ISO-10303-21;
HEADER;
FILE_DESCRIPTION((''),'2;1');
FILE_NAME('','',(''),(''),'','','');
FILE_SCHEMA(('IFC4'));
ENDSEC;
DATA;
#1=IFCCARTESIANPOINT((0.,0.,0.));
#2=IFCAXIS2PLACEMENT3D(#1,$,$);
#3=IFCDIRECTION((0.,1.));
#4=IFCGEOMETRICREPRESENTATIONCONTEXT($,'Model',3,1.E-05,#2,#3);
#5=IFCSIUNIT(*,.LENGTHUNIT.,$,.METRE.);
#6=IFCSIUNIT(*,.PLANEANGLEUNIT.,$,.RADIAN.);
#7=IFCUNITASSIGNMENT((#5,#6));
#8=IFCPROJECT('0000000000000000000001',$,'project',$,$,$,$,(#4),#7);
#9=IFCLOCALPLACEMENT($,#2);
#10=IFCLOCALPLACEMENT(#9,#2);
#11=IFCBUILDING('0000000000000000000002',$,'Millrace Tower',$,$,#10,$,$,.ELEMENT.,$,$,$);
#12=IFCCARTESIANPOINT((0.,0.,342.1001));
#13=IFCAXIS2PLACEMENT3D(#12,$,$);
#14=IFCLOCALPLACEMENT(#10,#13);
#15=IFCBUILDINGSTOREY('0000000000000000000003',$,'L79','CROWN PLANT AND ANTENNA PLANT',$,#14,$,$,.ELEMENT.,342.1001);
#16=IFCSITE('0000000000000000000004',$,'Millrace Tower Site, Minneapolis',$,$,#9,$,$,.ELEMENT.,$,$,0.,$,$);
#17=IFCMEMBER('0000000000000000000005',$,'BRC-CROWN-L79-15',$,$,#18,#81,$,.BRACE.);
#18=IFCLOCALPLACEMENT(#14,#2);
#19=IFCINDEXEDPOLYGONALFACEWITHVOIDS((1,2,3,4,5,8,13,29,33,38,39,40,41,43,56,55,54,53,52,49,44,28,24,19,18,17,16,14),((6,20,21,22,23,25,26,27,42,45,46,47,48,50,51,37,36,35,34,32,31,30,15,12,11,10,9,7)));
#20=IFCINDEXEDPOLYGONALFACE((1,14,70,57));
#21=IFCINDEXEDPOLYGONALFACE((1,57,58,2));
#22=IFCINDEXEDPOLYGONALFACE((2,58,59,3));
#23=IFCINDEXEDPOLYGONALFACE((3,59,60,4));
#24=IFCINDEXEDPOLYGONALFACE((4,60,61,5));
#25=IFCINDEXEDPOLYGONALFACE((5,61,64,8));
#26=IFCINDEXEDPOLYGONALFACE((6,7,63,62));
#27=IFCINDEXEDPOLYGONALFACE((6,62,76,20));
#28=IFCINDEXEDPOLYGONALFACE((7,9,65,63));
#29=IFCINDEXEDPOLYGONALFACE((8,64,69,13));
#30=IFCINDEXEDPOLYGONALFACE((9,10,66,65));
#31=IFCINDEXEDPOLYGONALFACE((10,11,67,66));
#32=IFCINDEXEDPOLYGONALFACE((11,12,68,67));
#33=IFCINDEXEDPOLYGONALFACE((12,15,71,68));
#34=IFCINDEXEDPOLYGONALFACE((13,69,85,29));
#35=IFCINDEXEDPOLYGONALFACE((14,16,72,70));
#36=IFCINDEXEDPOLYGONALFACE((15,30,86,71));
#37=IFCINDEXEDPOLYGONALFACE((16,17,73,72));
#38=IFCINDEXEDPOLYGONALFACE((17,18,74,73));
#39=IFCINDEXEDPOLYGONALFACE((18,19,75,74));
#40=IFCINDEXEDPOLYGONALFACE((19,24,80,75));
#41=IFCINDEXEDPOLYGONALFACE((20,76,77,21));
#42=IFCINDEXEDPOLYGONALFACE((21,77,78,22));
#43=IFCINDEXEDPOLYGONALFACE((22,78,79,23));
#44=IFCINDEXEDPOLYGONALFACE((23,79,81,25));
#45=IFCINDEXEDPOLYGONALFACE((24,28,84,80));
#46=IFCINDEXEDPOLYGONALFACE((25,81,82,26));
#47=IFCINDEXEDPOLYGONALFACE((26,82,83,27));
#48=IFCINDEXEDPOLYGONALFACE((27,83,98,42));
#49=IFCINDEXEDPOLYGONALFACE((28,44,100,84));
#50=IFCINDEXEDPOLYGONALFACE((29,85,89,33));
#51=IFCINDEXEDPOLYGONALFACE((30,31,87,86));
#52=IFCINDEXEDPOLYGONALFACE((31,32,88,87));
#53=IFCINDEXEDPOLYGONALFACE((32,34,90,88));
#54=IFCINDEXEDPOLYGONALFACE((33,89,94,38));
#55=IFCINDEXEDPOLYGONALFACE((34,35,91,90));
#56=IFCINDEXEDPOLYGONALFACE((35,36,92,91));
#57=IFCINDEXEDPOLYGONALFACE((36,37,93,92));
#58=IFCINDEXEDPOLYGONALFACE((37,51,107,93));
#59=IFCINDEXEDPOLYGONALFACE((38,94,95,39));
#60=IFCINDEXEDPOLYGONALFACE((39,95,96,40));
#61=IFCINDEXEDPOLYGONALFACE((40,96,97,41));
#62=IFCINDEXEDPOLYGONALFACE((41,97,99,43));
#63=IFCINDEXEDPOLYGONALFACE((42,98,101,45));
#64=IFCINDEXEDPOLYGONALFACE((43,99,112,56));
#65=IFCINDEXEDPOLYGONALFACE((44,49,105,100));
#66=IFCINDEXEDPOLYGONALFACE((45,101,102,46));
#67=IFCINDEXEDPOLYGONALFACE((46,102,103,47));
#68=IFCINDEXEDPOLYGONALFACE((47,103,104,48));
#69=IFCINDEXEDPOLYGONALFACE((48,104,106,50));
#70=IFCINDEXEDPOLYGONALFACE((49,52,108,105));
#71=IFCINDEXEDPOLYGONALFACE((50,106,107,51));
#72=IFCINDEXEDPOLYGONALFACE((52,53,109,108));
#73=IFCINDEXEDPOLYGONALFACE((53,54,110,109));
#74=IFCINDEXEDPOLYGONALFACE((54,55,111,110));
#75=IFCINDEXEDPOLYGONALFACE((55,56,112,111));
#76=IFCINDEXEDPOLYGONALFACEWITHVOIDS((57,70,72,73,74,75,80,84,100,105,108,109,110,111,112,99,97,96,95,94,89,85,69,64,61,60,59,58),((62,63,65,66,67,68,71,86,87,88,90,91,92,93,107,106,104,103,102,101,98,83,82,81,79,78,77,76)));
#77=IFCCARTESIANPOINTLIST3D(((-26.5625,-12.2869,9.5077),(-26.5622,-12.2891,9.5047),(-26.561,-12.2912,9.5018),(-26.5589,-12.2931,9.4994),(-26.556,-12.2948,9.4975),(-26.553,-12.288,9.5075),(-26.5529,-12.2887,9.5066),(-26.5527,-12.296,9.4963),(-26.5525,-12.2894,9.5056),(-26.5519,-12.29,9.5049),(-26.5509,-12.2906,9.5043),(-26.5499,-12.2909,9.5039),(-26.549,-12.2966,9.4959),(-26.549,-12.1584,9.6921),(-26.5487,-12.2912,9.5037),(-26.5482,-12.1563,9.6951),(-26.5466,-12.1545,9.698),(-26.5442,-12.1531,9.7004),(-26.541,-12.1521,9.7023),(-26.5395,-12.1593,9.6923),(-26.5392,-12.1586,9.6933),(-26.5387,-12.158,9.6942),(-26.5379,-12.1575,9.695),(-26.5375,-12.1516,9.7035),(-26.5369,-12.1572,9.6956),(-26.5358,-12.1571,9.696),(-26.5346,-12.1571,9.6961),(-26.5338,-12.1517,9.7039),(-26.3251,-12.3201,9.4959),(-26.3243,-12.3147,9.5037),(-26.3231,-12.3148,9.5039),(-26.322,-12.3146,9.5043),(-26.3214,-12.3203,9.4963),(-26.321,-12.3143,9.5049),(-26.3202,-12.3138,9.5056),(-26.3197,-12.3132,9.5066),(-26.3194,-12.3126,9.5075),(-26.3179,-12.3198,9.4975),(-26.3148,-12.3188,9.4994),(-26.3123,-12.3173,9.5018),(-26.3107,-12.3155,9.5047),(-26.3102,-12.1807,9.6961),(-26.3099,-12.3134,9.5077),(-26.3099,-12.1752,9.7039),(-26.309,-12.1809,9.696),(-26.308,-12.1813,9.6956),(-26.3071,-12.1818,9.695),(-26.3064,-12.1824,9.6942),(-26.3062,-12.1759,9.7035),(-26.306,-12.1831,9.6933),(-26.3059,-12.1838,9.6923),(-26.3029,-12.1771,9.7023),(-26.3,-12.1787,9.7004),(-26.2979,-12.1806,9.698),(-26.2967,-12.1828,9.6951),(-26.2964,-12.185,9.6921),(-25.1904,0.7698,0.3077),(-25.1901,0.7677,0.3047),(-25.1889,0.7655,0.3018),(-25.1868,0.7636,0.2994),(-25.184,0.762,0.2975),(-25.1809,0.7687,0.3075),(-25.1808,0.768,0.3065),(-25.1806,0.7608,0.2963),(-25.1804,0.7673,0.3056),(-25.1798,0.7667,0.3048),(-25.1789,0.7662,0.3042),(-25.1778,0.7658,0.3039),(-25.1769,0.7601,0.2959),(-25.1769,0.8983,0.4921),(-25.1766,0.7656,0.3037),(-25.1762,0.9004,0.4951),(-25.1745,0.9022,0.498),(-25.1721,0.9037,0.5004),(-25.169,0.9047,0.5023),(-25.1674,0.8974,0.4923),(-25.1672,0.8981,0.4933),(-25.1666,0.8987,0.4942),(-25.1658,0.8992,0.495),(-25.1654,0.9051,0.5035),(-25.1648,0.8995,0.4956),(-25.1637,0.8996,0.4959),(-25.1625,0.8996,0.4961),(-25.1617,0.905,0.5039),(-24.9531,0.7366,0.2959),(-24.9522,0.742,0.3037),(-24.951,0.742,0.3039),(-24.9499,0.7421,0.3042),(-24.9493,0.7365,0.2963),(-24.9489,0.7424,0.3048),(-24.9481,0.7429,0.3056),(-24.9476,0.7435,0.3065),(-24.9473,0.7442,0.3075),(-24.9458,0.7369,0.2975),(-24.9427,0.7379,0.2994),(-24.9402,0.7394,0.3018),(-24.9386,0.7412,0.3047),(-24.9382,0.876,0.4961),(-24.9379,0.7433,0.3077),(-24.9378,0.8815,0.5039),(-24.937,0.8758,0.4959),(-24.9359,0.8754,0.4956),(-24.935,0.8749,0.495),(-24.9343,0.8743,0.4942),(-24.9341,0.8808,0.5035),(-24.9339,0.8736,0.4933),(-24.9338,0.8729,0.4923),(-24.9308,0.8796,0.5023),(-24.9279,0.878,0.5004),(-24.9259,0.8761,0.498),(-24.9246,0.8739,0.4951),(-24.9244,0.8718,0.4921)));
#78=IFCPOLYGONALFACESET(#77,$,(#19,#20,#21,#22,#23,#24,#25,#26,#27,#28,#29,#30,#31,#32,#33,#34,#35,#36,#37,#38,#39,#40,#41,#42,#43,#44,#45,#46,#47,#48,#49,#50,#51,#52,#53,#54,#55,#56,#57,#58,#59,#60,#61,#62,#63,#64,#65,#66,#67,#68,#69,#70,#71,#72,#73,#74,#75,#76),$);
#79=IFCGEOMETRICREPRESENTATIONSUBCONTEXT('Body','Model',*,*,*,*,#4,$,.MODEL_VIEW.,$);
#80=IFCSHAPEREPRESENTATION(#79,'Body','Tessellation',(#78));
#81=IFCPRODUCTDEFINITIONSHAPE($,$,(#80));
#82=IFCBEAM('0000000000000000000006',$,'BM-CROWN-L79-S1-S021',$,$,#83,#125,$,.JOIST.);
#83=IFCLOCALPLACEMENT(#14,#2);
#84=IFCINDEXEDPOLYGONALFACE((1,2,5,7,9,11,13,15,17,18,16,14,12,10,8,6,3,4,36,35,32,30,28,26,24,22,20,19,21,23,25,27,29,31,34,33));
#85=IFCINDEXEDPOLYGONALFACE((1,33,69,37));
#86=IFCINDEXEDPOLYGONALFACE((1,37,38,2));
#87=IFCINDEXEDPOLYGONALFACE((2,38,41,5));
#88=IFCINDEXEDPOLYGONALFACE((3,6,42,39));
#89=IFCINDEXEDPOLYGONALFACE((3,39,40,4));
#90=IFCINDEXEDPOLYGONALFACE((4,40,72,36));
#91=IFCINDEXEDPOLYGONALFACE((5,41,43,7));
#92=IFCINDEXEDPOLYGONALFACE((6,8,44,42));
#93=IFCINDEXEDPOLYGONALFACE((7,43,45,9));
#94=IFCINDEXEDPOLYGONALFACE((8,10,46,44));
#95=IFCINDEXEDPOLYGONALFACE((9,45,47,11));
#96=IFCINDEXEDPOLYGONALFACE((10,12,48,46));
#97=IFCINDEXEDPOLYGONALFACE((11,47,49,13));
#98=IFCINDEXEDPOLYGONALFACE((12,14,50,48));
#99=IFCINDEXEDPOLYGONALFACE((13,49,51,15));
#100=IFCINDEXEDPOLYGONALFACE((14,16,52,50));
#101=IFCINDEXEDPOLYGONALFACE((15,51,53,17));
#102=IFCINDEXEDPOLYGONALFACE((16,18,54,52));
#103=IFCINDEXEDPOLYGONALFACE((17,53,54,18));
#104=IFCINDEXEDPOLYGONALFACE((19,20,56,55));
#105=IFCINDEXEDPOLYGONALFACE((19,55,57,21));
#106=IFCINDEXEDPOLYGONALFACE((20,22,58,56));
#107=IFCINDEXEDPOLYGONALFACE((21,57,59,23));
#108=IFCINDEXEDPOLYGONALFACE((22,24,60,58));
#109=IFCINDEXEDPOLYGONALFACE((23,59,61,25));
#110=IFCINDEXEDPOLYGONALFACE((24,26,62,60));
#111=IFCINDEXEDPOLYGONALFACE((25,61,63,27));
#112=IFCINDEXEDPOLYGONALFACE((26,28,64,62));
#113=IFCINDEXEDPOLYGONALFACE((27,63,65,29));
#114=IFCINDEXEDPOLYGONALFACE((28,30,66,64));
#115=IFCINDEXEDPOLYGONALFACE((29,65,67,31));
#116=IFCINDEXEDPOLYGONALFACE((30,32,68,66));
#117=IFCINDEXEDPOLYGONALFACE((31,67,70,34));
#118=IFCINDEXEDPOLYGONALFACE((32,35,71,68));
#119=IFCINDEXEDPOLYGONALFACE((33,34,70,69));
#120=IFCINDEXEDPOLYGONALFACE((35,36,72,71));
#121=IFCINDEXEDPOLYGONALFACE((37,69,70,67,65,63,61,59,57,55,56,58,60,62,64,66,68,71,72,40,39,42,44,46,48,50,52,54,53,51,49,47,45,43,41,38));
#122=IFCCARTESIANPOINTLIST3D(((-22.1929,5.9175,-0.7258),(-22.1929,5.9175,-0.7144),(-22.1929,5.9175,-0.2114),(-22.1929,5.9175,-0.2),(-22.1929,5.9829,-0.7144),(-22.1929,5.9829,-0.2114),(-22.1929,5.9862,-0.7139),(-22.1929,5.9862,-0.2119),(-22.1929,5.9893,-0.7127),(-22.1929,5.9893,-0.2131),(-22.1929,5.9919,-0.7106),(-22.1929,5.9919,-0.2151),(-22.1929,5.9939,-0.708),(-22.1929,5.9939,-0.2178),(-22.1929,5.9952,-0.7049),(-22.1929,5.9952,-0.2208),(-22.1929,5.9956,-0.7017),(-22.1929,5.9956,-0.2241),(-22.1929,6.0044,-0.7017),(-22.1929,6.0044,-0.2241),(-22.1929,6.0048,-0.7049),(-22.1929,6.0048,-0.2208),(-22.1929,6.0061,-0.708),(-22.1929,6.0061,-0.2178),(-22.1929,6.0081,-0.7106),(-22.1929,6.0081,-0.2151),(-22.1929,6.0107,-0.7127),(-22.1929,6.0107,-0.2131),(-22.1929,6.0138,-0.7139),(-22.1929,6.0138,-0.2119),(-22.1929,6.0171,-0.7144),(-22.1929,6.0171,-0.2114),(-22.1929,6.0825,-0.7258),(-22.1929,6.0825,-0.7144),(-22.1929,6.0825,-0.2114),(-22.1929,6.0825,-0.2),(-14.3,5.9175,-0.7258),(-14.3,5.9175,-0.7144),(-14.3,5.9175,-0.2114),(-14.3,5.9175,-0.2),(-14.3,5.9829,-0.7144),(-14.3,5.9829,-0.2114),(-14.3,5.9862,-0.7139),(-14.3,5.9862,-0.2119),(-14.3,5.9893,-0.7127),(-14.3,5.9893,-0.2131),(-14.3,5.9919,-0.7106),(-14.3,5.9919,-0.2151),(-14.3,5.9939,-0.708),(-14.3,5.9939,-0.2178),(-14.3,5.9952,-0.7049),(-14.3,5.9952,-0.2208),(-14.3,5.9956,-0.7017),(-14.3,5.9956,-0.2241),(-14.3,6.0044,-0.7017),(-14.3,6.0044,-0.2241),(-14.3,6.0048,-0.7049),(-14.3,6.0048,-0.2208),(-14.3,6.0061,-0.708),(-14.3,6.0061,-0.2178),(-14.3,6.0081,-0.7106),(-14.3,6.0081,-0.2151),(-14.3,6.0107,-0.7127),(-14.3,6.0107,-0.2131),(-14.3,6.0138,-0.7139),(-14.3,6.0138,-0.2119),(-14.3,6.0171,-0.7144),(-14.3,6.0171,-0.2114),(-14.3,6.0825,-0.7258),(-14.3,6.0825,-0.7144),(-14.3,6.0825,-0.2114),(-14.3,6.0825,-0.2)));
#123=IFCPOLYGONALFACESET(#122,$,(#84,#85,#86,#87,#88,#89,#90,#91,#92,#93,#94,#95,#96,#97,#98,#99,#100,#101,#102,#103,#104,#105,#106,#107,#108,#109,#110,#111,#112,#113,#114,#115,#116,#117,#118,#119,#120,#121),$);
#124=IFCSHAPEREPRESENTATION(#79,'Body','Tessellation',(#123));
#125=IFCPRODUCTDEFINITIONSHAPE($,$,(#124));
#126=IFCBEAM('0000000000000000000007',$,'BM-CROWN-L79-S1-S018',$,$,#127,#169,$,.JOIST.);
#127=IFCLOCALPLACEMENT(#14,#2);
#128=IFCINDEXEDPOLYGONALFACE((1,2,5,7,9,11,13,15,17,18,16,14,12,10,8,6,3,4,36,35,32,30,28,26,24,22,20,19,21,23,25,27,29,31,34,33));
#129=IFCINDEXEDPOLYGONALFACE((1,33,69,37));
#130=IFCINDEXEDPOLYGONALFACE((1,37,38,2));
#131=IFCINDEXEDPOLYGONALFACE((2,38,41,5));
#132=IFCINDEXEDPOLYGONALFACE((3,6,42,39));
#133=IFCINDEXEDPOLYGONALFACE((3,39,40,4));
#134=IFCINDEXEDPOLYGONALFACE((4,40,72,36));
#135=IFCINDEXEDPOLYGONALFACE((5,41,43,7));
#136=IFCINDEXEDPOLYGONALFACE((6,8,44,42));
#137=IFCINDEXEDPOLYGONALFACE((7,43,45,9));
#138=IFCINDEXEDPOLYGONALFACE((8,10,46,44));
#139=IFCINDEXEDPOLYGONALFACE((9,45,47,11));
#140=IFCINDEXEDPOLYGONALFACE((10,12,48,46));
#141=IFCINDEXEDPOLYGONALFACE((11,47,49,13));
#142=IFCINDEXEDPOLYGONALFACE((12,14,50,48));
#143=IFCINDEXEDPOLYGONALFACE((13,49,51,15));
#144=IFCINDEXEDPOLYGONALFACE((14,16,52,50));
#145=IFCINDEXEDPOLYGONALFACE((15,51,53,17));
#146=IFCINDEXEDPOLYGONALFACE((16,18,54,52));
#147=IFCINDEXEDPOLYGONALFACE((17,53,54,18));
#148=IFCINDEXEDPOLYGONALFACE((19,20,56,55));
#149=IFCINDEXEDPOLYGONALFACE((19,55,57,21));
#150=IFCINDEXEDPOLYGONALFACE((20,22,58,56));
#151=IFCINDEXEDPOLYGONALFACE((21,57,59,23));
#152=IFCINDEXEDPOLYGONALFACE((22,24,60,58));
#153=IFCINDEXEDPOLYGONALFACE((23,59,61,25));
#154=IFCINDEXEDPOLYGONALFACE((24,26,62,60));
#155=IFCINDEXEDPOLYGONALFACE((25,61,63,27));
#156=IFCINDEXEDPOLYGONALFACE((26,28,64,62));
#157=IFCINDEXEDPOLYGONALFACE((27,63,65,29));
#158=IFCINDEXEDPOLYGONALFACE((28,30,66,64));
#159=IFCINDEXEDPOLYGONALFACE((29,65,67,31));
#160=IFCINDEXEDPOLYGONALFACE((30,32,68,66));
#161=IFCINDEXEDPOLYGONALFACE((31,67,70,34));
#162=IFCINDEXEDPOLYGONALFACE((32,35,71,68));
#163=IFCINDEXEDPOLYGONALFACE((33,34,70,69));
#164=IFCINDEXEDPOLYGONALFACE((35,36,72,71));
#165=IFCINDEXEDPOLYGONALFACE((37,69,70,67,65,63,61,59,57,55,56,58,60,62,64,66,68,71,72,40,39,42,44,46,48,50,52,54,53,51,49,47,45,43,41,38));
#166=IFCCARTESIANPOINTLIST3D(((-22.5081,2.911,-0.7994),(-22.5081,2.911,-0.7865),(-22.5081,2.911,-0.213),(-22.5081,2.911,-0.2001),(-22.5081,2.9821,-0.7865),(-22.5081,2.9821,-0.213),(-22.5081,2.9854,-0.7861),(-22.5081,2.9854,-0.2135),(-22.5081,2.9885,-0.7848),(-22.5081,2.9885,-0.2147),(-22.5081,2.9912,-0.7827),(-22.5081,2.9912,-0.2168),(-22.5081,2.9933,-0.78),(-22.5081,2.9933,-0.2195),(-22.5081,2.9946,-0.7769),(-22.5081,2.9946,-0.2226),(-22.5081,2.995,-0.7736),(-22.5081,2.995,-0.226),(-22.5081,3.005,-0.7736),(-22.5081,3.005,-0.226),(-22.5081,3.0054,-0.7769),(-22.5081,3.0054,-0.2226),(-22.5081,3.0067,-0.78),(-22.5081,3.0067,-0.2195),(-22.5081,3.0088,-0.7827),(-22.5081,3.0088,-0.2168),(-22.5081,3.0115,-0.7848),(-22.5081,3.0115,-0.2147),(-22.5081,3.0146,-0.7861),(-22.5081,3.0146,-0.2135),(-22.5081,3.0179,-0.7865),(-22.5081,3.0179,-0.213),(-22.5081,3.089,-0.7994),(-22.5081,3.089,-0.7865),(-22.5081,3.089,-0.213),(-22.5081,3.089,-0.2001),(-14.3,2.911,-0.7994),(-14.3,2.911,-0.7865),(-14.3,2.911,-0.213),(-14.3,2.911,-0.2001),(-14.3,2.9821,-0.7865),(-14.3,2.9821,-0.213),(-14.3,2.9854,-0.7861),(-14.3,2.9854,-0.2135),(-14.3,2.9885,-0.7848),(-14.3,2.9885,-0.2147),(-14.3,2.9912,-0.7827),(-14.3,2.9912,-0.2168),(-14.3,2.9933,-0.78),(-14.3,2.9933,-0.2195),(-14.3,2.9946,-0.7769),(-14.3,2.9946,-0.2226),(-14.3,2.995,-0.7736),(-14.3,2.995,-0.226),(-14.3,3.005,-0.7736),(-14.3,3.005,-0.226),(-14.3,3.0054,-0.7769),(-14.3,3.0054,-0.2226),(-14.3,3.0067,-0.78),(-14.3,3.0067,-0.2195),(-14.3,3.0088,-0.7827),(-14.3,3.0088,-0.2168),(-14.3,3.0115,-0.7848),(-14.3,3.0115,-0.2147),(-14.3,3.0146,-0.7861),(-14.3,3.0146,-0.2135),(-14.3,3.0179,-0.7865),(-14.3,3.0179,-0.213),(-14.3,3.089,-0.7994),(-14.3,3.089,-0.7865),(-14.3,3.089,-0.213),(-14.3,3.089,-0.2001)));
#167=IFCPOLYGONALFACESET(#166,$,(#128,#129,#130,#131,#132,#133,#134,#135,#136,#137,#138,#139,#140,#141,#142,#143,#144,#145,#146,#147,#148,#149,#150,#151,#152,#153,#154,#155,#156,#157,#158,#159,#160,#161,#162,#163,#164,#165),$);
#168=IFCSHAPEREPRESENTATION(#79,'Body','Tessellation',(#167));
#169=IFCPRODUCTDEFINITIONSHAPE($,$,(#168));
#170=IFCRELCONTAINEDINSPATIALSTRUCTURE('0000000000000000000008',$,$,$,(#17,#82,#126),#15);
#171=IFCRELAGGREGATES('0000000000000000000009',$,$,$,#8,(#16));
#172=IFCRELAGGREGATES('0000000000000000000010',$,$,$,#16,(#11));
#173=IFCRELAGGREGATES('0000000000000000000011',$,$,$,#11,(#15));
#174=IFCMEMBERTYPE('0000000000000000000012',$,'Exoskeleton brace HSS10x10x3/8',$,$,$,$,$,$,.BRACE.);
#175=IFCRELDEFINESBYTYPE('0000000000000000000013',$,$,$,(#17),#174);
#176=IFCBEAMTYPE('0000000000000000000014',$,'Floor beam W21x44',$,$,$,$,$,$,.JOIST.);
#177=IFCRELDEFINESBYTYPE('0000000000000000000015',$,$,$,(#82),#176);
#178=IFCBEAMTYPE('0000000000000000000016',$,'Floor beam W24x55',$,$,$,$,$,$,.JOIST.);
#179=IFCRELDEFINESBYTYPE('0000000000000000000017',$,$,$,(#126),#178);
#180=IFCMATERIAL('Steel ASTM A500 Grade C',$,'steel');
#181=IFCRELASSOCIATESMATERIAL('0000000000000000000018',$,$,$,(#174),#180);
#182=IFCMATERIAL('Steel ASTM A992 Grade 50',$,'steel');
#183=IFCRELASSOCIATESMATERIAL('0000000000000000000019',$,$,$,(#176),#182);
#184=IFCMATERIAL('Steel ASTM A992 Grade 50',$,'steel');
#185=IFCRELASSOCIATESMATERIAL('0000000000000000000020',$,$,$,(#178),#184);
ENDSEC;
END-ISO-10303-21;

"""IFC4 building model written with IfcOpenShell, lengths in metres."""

from ifc_helpers import new_model, si_unit, direction, frame, origin, origin_2d, place, context, subcontext, project, spatial, hollow_rectangle, i_section, extrude, material, material_profile, profile_set, type_object, element, save


model = new_model("IFC4")

# Units and contexts
model_context = context("Model", 3, precision=1e-05, world=origin(), true_north=direction((0.0, 1.0)))
body_context = subcontext(model_context, "Body", "Model", "MODEL_VIEW")
ifc_project = project(units=[si_unit("LENGTHUNIT", "METRE"), si_unit("PLANEANGLEUNIT", "RADIAN")], contexts=[model_context])

# Site, building, storey
site_placement = place(None, origin())
site = spatial("IfcSite", under=ifc_project, at=site_placement, Name="Millrace Tower Site, Minneapolis", CompositionType="ELEMENT", RefElevation=0.0)
building_placement = place(site_placement, origin())
building = spatial("IfcBuilding", under=site, at=building_placement, Name="Millrace Tower", CompositionType="ELEMENT")
storey_placement = place(building_placement, frame((0.0, 0.0, 342.1001)))
storey = spatial("IfcBuildingStorey", under=building, at=storey_placement, Name="L79", Description="CROWN PLANT AND ANTENNA PLANT", CompositionType="ELEMENT", Elevation=342.1001)

# Member
ifc_material_1 = material(Name="Steel ASTM A500 Grade C", Category="steel")
ifc_material_profile_1 = material_profile(ifc_material_1, hollow_rectangle(XDim=0.2539, YDim=0.2539, WallThickness=0.0095, InnerFilletRadius=0.0046, OuterFilletRadius=0.0144, at=origin_2d()))
ifc_profile_set_1 = profile_set([ifc_material_profile_1], Name="Steel ASTM A500 Grade C")
member_type_1 = type_object("IfcMemberType", Name="Exoskeleton brace HSS10x10x3/8", PredefinedType="BRACE", material=ifc_profile_set_1)
member_1_placement = place(storey_placement, frame((-25.0574, 0.8208, 0.3999), z_axis=(-0.085588, -0.814455, 0.57388), x_axis=(0.994524, -0.104511, 0.0)))
element("IfcMember", 1, at=member_1_placement, inside=storey, type_object=member_type_1, Name="BRC-CROWN-L79-15", PredefinedType="BRACE", context=body_context, shape_type="SweptSolid", body=[
    extrude(hollow_rectangle(XDim=0.2539, YDim=0.2539, WallThickness=0.0095, InnerFilletRadius=0.0046, OuterFilletRadius=0.0144, at=origin_2d()), origin(), (0.0, 0.0, 1.0), 16.0312),
])

# Beams
ifc_material_2 = material(Name="Steel ASTM A992 Grade 50", Category="steel")
ifc_material_profile_2 = material_profile(ifc_material_2, i_section(OverallWidth=0.165, OverallDepth=0.5259, WebThickness=0.0088, FlangeThickness=0.0115, FilletRadius=0.0127, at=origin_2d()))
ifc_profile_set_2 = profile_set([ifc_material_profile_2], Name="Steel ASTM A992 Grade 50")
beam_type_1 = type_object("IfcBeamType", Name="Floor beam W21x44", PredefinedType="JOIST", material=ifc_profile_set_2)
beam_1_placement = place(storey_placement, frame((-22.1929, 6.0, -0.4629), z_axis=(1.0, 0.0, 0.0), x_axis=(0.0, 1.0, 0.0)))
element("IfcBeam", 2, at=beam_1_placement, inside=storey, type_object=beam_type_1, Name="BM-CROWN-L79-S1-S021", PredefinedType="JOIST", context=body_context, shape_type="SweptSolid", body=[
    extrude(i_section(OverallWidth=0.165, OverallDepth=0.5259, WebThickness=0.0088, FlangeThickness=0.0115, FilletRadius=0.0127, at=origin_2d()), origin(), (0.0, 0.0, 1.0), 7.8928),
])
ifc_material_3 = material(Name="Steel ASTM A992 Grade 50", Category="steel")
ifc_material_profile_3 = material_profile(ifc_material_3, i_section(OverallWidth=0.178, OverallDepth=0.5994, WebThickness=0.01, FlangeThickness=0.0129, FilletRadius=0.0129, at=origin_2d()))
ifc_profile_set_3 = profile_set([ifc_material_profile_3], Name="Steel ASTM A992 Grade 50")
beam_type_2 = type_object("IfcBeamType", Name="Floor beam W24x55", PredefinedType="JOIST", material=ifc_profile_set_3)
beam_2_placement = place(storey_placement, frame((-22.5081, 3.0, -0.4998), z_axis=(1.0, 0.0, 0.0), x_axis=(0.0, 1.0, 0.0)))
element("IfcBeam", 3, at=beam_2_placement, inside=storey, type_object=beam_type_2, Name="BM-CROWN-L79-S1-S018", PredefinedType="JOIST", context=body_context, shape_type="SweptSolid", body=[
    extrude(i_section(OverallWidth=0.178, OverallDepth=0.5994, WebThickness=0.01, FlangeThickness=0.0129, FilletRadius=0.0129, at=origin_2d()), origin(), (0.0, 0.0, 1.0), 8.208),
])

save(model, "model.ifc")
